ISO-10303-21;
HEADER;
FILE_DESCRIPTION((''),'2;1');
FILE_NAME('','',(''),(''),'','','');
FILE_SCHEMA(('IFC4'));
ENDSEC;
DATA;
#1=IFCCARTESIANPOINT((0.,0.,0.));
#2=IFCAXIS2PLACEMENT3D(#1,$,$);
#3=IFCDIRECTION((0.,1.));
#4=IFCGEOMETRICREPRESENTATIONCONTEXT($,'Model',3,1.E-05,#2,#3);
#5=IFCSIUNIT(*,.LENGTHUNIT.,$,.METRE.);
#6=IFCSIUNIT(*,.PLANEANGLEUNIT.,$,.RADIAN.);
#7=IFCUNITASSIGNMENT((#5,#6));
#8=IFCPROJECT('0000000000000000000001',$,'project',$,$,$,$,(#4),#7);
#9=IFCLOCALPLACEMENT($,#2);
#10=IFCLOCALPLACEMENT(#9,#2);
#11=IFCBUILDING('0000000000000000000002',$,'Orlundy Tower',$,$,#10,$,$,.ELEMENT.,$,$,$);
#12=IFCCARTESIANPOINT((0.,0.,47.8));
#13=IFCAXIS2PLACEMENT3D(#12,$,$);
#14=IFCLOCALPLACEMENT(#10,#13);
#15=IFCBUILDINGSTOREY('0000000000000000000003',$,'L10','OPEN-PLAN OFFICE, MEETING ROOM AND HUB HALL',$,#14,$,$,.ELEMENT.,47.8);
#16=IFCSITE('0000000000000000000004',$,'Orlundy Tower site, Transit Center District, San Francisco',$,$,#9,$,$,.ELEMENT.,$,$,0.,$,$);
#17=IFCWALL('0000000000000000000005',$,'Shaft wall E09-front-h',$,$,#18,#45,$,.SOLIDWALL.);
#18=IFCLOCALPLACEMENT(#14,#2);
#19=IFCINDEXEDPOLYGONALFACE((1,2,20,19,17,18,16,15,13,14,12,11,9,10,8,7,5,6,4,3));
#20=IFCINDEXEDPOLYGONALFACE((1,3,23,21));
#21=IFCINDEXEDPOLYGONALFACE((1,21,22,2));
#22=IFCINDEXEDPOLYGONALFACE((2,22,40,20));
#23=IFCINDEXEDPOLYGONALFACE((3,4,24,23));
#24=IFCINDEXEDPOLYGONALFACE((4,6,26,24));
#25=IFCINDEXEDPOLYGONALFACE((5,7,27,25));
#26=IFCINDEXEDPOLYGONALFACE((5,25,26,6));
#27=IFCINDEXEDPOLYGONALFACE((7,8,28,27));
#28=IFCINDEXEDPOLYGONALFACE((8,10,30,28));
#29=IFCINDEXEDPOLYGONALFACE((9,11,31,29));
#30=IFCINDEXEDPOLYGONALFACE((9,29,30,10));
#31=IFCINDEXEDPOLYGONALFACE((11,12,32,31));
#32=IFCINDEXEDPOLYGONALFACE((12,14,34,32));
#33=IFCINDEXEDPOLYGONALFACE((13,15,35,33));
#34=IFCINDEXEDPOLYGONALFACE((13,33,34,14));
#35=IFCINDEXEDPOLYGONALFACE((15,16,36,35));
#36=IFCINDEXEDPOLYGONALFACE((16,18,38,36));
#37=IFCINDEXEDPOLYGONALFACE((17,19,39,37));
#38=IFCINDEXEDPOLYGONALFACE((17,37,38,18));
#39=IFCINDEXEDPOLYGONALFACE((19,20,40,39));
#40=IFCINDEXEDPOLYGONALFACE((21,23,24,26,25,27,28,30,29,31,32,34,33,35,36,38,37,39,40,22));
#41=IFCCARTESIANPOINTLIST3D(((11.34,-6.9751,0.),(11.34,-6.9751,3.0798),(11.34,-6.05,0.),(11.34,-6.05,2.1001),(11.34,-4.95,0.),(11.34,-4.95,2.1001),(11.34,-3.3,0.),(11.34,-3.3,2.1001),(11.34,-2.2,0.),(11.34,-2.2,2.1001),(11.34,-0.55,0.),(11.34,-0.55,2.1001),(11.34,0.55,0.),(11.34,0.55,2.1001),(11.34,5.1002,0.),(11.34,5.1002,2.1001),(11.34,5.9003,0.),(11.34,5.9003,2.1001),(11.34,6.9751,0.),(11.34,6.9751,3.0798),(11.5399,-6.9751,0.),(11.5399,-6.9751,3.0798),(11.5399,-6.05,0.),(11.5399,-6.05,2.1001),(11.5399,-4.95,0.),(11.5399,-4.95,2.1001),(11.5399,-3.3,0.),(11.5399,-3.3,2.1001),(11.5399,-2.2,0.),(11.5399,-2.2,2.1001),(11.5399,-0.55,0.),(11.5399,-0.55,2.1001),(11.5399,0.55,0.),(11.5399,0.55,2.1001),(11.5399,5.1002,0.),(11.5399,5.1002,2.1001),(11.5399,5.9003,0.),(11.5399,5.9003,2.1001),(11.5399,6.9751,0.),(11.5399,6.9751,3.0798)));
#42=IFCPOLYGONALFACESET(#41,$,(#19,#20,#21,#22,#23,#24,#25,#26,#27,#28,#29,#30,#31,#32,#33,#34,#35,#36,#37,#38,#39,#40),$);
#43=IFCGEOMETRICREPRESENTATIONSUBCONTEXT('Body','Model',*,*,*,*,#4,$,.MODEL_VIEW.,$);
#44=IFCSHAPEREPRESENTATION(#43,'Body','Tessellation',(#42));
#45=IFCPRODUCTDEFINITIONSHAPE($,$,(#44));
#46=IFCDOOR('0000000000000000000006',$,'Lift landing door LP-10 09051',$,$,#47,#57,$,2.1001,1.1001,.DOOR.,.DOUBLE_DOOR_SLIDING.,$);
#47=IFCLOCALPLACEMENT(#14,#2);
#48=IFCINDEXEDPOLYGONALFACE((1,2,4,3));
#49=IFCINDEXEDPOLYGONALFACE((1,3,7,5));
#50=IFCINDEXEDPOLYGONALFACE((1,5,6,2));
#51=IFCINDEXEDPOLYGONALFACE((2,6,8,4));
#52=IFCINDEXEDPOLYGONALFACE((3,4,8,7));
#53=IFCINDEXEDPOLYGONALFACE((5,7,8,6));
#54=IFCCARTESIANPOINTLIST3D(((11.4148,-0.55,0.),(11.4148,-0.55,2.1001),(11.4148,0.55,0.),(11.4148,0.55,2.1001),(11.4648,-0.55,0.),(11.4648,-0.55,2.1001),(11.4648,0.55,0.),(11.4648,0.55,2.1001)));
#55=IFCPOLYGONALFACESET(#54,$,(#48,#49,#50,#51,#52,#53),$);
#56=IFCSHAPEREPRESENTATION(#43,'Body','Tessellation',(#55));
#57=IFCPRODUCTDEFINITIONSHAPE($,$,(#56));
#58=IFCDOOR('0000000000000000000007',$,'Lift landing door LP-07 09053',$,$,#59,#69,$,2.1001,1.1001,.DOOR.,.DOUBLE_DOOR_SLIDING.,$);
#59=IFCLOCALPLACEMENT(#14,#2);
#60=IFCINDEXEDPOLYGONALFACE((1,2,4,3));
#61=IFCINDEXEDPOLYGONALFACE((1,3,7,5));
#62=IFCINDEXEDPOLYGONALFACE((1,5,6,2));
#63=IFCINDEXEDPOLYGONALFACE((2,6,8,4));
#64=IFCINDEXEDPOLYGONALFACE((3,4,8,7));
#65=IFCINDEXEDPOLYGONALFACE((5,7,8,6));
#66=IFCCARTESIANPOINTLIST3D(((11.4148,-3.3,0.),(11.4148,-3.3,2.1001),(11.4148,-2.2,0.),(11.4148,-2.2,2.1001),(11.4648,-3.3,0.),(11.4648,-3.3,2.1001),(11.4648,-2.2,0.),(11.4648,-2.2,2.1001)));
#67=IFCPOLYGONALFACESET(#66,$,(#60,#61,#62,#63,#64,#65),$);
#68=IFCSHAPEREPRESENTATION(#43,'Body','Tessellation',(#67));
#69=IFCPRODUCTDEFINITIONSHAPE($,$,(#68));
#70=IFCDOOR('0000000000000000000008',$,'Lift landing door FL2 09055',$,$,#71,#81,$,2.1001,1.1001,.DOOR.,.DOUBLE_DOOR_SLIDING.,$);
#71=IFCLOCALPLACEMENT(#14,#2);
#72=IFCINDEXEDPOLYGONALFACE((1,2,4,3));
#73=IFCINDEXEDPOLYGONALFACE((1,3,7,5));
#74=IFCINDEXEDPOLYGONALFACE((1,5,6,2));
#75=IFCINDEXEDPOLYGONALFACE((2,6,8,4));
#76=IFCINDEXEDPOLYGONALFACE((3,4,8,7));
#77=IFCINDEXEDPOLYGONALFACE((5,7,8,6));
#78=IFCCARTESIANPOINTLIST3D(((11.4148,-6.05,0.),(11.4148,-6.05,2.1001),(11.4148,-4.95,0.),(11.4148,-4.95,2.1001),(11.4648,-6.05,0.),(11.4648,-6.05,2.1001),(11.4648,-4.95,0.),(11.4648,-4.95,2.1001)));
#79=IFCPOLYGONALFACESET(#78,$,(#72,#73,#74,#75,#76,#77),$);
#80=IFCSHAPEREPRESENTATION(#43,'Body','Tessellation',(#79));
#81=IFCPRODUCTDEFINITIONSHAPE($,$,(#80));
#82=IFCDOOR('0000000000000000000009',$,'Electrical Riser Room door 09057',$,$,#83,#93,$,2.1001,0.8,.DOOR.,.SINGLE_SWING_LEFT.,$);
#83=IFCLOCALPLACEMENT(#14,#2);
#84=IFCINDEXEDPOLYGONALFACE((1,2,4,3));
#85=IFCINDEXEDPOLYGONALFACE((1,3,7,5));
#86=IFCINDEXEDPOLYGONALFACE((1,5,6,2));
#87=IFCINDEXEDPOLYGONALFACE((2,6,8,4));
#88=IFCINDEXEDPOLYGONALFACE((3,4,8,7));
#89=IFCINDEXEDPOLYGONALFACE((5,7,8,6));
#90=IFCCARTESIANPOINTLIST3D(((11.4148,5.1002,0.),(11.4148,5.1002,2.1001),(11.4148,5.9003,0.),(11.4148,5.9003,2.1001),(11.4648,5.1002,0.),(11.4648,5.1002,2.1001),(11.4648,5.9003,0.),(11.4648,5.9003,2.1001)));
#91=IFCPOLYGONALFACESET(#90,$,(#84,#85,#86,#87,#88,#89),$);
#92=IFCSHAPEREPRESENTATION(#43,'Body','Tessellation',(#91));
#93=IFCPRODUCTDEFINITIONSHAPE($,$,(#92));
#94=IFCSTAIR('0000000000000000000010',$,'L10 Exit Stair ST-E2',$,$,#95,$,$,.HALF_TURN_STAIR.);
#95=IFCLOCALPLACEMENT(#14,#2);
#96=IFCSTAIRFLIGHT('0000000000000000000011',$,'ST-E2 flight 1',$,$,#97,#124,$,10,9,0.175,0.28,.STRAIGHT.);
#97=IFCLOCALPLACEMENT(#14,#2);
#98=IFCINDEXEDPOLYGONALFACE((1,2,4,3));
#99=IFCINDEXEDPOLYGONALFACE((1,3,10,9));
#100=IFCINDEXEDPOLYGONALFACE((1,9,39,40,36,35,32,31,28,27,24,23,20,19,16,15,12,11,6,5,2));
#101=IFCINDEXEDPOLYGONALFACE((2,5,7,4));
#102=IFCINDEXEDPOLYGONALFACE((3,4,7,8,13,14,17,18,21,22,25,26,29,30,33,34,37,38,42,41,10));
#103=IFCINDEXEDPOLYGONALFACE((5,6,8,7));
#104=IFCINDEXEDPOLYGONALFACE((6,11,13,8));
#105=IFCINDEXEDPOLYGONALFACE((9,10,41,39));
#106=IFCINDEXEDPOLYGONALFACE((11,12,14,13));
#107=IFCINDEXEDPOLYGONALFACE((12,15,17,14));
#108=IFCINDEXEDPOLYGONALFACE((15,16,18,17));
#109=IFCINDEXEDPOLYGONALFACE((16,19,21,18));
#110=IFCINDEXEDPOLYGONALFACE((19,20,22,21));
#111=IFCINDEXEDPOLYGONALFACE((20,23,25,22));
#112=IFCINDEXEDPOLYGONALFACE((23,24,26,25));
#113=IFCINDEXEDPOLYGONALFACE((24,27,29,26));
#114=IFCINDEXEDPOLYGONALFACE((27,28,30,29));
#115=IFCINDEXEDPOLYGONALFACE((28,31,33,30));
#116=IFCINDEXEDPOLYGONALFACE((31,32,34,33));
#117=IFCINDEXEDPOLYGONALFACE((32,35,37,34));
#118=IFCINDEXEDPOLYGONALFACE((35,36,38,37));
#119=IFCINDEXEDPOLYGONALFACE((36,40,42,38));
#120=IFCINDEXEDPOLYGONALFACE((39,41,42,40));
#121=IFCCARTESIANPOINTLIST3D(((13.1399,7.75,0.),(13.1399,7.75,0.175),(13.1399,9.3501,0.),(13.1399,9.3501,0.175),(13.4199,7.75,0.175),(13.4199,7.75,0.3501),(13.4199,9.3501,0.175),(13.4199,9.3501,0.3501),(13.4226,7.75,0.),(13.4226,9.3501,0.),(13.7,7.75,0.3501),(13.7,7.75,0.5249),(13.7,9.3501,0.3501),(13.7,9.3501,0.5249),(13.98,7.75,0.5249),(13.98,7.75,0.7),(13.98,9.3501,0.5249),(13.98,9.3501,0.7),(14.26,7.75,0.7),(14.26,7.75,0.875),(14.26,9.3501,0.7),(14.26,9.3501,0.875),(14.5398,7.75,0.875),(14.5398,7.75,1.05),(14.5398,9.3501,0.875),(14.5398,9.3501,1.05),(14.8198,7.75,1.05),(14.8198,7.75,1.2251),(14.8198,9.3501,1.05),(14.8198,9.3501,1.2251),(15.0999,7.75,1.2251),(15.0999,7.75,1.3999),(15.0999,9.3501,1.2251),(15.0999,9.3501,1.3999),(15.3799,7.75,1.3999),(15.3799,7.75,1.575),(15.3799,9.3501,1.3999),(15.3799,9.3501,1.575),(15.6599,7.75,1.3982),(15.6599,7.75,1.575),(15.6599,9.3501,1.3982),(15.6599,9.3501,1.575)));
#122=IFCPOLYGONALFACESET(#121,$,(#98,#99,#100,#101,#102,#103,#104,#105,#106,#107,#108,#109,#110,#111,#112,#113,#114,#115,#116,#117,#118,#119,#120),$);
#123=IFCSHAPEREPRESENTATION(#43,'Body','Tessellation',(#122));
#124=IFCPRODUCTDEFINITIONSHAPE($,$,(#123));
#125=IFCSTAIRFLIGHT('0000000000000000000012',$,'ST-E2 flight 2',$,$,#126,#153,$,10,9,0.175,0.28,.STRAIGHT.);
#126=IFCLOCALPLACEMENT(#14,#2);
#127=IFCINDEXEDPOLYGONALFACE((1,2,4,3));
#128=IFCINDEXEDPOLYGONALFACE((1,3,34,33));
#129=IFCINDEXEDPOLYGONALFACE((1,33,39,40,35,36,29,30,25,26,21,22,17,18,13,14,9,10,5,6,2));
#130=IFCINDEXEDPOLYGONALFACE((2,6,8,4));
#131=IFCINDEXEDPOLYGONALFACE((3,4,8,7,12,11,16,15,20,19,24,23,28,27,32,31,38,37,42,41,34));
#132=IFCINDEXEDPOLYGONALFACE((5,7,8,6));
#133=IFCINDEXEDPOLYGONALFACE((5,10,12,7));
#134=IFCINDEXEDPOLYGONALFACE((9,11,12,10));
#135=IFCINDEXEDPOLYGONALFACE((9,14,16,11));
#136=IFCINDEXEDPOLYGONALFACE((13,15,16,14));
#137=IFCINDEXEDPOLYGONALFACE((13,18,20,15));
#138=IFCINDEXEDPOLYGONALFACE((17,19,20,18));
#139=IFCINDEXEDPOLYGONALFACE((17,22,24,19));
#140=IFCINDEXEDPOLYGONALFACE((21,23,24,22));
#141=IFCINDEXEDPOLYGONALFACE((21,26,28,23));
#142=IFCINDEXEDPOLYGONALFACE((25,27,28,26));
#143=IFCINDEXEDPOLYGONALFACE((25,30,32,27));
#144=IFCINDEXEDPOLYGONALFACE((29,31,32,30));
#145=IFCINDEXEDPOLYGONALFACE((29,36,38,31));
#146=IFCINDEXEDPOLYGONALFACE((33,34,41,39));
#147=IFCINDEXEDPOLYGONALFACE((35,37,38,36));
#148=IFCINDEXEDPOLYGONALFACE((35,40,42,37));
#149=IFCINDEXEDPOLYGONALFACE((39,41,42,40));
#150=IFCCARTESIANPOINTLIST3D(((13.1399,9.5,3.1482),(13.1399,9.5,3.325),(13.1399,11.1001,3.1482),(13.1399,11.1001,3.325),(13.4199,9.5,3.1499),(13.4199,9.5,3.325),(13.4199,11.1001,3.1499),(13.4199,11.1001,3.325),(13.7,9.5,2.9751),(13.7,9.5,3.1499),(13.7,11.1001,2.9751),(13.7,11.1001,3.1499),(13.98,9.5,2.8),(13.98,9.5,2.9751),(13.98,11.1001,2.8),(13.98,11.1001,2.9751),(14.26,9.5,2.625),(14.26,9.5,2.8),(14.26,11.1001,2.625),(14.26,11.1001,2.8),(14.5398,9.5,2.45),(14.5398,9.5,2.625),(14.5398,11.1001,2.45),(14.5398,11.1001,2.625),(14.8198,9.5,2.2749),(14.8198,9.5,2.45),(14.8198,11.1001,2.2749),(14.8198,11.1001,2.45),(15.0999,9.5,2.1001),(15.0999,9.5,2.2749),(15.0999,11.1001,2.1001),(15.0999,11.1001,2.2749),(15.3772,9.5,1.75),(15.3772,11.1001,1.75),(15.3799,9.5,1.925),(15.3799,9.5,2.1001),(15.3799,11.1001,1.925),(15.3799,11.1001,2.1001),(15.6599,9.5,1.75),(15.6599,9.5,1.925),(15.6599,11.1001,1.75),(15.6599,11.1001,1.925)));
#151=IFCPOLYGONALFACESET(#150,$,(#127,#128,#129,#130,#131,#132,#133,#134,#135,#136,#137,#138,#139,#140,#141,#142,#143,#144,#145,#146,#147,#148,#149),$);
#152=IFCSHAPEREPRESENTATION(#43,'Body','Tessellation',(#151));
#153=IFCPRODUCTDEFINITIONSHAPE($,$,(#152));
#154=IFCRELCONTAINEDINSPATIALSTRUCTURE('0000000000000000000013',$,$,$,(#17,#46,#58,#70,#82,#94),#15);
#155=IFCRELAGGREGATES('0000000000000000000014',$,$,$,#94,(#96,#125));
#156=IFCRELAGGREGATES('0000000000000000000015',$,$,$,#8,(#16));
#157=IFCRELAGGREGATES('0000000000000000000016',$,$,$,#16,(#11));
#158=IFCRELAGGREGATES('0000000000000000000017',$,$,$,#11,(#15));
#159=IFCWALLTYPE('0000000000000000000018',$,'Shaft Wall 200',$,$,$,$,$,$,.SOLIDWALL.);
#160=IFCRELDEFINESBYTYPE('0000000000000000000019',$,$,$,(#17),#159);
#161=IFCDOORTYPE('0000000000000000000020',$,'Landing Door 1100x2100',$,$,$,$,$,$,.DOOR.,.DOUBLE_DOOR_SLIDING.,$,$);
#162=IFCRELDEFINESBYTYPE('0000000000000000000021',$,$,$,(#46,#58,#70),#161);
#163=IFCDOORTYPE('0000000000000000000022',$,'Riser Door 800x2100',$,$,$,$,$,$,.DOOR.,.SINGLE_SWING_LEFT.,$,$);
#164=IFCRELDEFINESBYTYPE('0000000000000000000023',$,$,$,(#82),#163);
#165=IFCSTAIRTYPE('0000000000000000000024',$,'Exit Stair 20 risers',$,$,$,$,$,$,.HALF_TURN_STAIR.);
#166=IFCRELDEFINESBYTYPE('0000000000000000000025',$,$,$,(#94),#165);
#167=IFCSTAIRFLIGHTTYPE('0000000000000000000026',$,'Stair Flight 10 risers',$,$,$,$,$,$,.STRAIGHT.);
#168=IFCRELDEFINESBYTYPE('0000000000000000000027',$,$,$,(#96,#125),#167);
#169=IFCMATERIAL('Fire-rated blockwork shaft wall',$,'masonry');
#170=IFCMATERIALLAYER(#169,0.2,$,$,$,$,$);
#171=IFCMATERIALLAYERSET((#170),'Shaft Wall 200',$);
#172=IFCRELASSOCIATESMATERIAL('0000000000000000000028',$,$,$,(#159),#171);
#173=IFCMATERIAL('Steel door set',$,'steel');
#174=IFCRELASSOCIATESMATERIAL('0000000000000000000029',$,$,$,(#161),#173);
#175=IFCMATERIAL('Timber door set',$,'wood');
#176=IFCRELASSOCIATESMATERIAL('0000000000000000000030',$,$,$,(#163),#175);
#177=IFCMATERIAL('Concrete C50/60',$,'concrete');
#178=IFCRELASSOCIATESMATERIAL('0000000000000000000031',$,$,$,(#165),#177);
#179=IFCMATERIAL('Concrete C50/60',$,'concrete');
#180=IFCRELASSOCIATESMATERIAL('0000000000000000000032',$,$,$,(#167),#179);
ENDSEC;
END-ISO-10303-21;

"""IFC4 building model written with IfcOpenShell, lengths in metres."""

from ifc_helpers import new_model, si_unit, direction, frame, frame_2d, origin, place, context, subcontext, project, spatial, polyline, rectangle, outline, extrude, material, layer, layer_set, type_object, element, fill, aggregate, save


model = new_model("IFC4")

# Units and contexts
model_context = context("Model", 3, precision=1e-05, world=origin(), true_north=direction((0.0, 1.0)))
body_context = subcontext(model_context, "Body", "Model", "MODEL_VIEW")
ifc_project = project(units=[si_unit("LENGTHUNIT", "METRE"), si_unit("PLANEANGLEUNIT", "RADIAN")], contexts=[model_context])

# Site, building, storey
site_placement = place(None, origin())
site = spatial("IfcSite", under=ifc_project, at=site_placement, Name="Orlundy Tower site, Transit Center District, San Francisco", CompositionType="ELEMENT", RefElevation=0.0)
building_placement = place(site_placement, origin())
building = spatial("IfcBuilding", under=site, at=building_placement, Name="Orlundy Tower", CompositionType="ELEMENT")
storey_placement = place(building_placement, frame((0.0, 0.0, 47.8)))
storey = spatial("IfcBuildingStorey", under=building, at=storey_placement, Name="L10", Description="OPEN-PLAN OFFICE, MEETING ROOM AND HUB HALL", CompositionType="ELEMENT", Elevation=47.8)

# Wall, openings, doors
ifc_material_1 = material(Name="Fire-rated blockwork shaft wall", Category="masonry")
ifc_layer_1 = layer(ifc_material_1, 0.2)
ifc_layer_set_1 = layer_set([ifc_layer_1], Name="Shaft Wall 200")
wall_type_1 = type_object("IfcWallType", Name="Shaft Wall 200", PredefinedType="SOLIDWALL", material=ifc_layer_set_1)
wall_1_placement = place(storey_placement, frame((11.4399, 6.9751, 0.0), z_axis=(0.0, 0.0, 1.0), x_axis=(0.0, -1.0, 0.0)))
wall_1 = element("IfcWall", 1, at=wall_1_placement, inside=storey, type_object=wall_type_1, Name="Shaft wall E09-front-h", PredefinedType="SOLIDWALL", context=body_context, shape_type="SweptSolid", body=[
    extrude(rectangle(XDim=13.9502, YDim=0.2, at=frame_2d((6.9751, 0.0))), origin(), (0.0, 0.0, 1.0), 3.0798),
])
opening_1_placement = place(wall_1_placement, frame((6.425, 0.0, 0.0)))
opening_1 = element("IfcOpeningElement", 2, at=opening_1_placement, cuts=wall_1, PredefinedType="OPENING", context=body_context, shape_type="SweptSolid", body=[
    extrude(rectangle(XDim=1.1001, YDim=2.1001, at=frame_2d((0.55, 1.05))), frame((0.0, 0.1101, 0.0), z_axis=(0.0, -1.0, 0.0), x_axis=(1.0, 0.0, 0.0)), (0.0, 0.0, 1.0), 0.2202),
])
opening_2_placement = place(wall_1_placement, frame((9.175, 0.0, 0.0)))
opening_2 = element("IfcOpeningElement", 3, at=opening_2_placement, cuts=wall_1, PredefinedType="OPENING", context=body_context, shape_type="SweptSolid", body=[
    extrude(rectangle(XDim=1.1001, YDim=2.1001, at=frame_2d((0.55, 1.05))), frame((0.0, 0.1101, 0.0), z_axis=(0.0, -1.0, 0.0), x_axis=(1.0, 0.0, 0.0)), (0.0, 0.0, 1.0), 0.2202),
])
opening_3_placement = place(wall_1_placement, frame((11.925, 0.0, 0.0)))
opening_3 = element("IfcOpeningElement", 4, at=opening_3_placement, cuts=wall_1, PredefinedType="OPENING", context=body_context, shape_type="SweptSolid", body=[
    extrude(rectangle(XDim=1.1001, YDim=2.1001, at=frame_2d((0.55, 1.05))), frame((0.0, 0.1101, 0.0), z_axis=(0.0, -1.0, 0.0), x_axis=(1.0, 0.0, 0.0)), (0.0, 0.0, 1.0), 0.2202),
])
opening_4_placement = place(wall_1_placement, frame((1.075, 0.0, 0.0)))
opening_4 = element("IfcOpeningElement", 5, at=opening_4_placement, cuts=wall_1, PredefinedType="OPENING", context=body_context, shape_type="SweptSolid", body=[
    extrude(rectangle(XDim=0.8, YDim=2.1001, at=frame_2d((0.3999, 1.05))), frame((0.0, 0.1101, 0.0), z_axis=(0.0, -1.0, 0.0), x_axis=(1.0, 0.0, 0.0)), (0.0, 0.0, 1.0), 0.2202),
])
ifc_material_2 = material(Name="Steel door set", Category="steel")
door_type_1 = type_object("IfcDoorType", Name="Landing Door 1100x2100", OperationType="DOUBLE_DOOR_SLIDING", PredefinedType="DOOR", material=ifc_material_2)
door_1_placement = place(opening_1_placement, origin())
door_1 = element("IfcDoor", 6, at=door_1_placement, inside=storey, type_object=door_type_1, Name="Lift landing door LP-10 09051", OperationType="DOUBLE_DOOR_SLIDING", OverallHeight=2.1001, OverallWidth=1.1001, PredefinedType="DOOR", context=body_context, shape_type="SweptSolid", body=[
    extrude(rectangle(XDim=1.1001, YDim=2.1001, at=frame_2d((0.55, 1.05))), frame((0.0, 0.0249, 0.0), z_axis=(0.0, -1.0, 0.0), x_axis=(1.0, 0.0, 0.0)), (0.0, 0.0, 1.0), 0.05),
])
fill(opening_1, door_1)
door_2_placement = place(opening_2_placement, origin())
door_2 = element("IfcDoor", 7, at=door_2_placement, inside=storey, type_object=door_type_1, Name="Lift landing door LP-07 09053", OperationType="DOUBLE_DOOR_SLIDING", OverallHeight=2.1001, OverallWidth=1.1001, PredefinedType="DOOR", context=body_context, shape_type="SweptSolid", body=[
    extrude(rectangle(XDim=1.1001, YDim=2.1001, at=frame_2d((0.55, 1.05))), frame((0.0, 0.0249, 0.0), z_axis=(0.0, -1.0, 0.0), x_axis=(1.0, 0.0, 0.0)), (0.0, 0.0, 1.0), 0.05),
])
fill(opening_2, door_2)
door_3_placement = place(opening_3_placement, origin())
door_3 = element("IfcDoor", 8, at=door_3_placement, inside=storey, type_object=door_type_1, Name="Lift landing door FL2 09055", OperationType="DOUBLE_DOOR_SLIDING", OverallHeight=2.1001, OverallWidth=1.1001, PredefinedType="DOOR", context=body_context, shape_type="SweptSolid", body=[
    extrude(rectangle(XDim=1.1001, YDim=2.1001, at=frame_2d((0.55, 1.05))), frame((0.0, 0.0249, 0.0), z_axis=(0.0, -1.0, 0.0), x_axis=(1.0, 0.0, 0.0)), (0.0, 0.0, 1.0), 0.05),
])
fill(opening_3, door_3)
ifc_material_3 = material(Name="Timber door set", Category="wood")
door_type_2 = type_object("IfcDoorType", Name="Riser Door 800x2100", OperationType="SINGLE_SWING_LEFT", PredefinedType="DOOR", material=ifc_material_3)
door_4_placement = place(opening_4_placement, origin())
door_4 = element("IfcDoor", 9, at=door_4_placement, inside=storey, type_object=door_type_2, Name="Electrical Riser Room door 09057", OperationType="SINGLE_SWING_LEFT", OverallHeight=2.1001, OverallWidth=0.8, PredefinedType="DOOR", context=body_context, shape_type="SweptSolid", body=[
    extrude(rectangle(XDim=0.8, YDim=2.1001, at=frame_2d((0.3999, 1.05))), frame((0.0, 0.0249, 0.0), z_axis=(0.0, -1.0, 0.0), x_axis=(1.0, 0.0, 0.0)), (0.0, 0.0, 1.0), 0.05),
])
fill(opening_4, door_4)

# Stair, stair flights
ifc_material_4 = material(Name="Concrete C50/60", Category="concrete")
stair_type = type_object("IfcStairType", Name="Exit Stair 20 risers", PredefinedType="HALF_TURN_STAIR", material=ifc_material_4)
stair_placement = place(storey_placement, origin())
stair = element("IfcStair", 10, at=stair_placement, inside=storey, type_object=stair_type, Name="L10 Exit Stair ST-E2", PredefinedType="HALF_TURN_STAIR")
ifc_material_5 = material(Name="Concrete C50/60", Category="concrete")
stair_flight_type = type_object("IfcStairFlightType", Name="Stair Flight 10 risers", PredefinedType="STRAIGHT", material=ifc_material_5)
stair_flight_1_placement = place(storey_placement, frame((13.1399, 8.55, 0.0), z_axis=(0.0, 0.0, 1.0), x_axis=(1.0, 0.0, 0.0)))
stair_flight_1 = element("IfcStairFlight", 11, at=stair_flight_1_placement, type_object=stair_flight_type, Name="ST-E2 flight 1", NumberOfRisers=10, NumberOfTreads=9, PredefinedType="STRAIGHT", RiserHeight=0.175, TreadLength=0.28, context=body_context, shape_type="SweptSolid", body=[
    extrude(outline(polyline([(0.0, 0.0), (0.0, 0.175), (0.28, 0.175), (0.28, 0.3501), (0.5601, 0.3501), (0.5601, 0.5249), (0.8401, 0.5249), (0.8401, 0.7), (1.1201, 0.7), (1.1201, 0.875), (1.3999, 0.875), (1.3999, 1.05), (1.6799, 1.05), (1.6799, 1.2251), (1.96, 1.2251), (1.96, 1.3999), (2.24, 1.3999), (2.24, 1.575), (2.52, 1.575), (2.52, 1.75), (2.52, 1.3982), (0.2827, 0.0), (0.0, 0.0)])), frame((0.0, 0.8, 0.0), z_axis=(0.0, -1.0, 0.0), x_axis=(1.0, 0.0, 0.0)), (0.0, 0.0, 1.0), 1.6001),
])
stair_flight_2_placement = place(storey_placement, frame((15.6599, 10.3, 1.75), z_axis=(0.0, 0.0, 1.0), x_axis=(-1.0, 0.0, 0.0)))
stair_flight_2 = element("IfcStairFlight", 12, at=stair_flight_2_placement, type_object=stair_flight_type, Name="ST-E2 flight 2", NumberOfRisers=10, NumberOfTreads=9, PredefinedType="STRAIGHT", RiserHeight=0.175, TreadLength=0.28, context=body_context, shape_type="SweptSolid", body=[
    extrude(outline(polyline([(0.0, 0.0), (0.0, 0.175), (0.28, 0.175), (0.28, 0.3501), (0.5601, 0.3501), (0.5601, 0.5249), (0.8401, 0.5249), (0.8401, 0.7), (1.1201, 0.7), (1.1201, 0.875), (1.3999, 0.875), (1.3999, 1.05), (1.6799, 1.05), (1.6799, 1.2251), (1.96, 1.2251), (1.96, 1.3999), (2.24, 1.3999), (2.24, 1.575), (2.52, 1.575), (2.52, 1.75), (2.52, 1.3982), (0.2827, 0.0), (0.0, 0.0)])), frame((0.0, 0.8, 0.0), z_axis=(0.0, -1.0, 0.0), x_axis=(1.0, 0.0, 0.0)), (0.0, 0.0, 1.0), 1.6001),
])
aggregate(stair, [stair_flight_1, stair_flight_2])

save(model, "model.ifc")
